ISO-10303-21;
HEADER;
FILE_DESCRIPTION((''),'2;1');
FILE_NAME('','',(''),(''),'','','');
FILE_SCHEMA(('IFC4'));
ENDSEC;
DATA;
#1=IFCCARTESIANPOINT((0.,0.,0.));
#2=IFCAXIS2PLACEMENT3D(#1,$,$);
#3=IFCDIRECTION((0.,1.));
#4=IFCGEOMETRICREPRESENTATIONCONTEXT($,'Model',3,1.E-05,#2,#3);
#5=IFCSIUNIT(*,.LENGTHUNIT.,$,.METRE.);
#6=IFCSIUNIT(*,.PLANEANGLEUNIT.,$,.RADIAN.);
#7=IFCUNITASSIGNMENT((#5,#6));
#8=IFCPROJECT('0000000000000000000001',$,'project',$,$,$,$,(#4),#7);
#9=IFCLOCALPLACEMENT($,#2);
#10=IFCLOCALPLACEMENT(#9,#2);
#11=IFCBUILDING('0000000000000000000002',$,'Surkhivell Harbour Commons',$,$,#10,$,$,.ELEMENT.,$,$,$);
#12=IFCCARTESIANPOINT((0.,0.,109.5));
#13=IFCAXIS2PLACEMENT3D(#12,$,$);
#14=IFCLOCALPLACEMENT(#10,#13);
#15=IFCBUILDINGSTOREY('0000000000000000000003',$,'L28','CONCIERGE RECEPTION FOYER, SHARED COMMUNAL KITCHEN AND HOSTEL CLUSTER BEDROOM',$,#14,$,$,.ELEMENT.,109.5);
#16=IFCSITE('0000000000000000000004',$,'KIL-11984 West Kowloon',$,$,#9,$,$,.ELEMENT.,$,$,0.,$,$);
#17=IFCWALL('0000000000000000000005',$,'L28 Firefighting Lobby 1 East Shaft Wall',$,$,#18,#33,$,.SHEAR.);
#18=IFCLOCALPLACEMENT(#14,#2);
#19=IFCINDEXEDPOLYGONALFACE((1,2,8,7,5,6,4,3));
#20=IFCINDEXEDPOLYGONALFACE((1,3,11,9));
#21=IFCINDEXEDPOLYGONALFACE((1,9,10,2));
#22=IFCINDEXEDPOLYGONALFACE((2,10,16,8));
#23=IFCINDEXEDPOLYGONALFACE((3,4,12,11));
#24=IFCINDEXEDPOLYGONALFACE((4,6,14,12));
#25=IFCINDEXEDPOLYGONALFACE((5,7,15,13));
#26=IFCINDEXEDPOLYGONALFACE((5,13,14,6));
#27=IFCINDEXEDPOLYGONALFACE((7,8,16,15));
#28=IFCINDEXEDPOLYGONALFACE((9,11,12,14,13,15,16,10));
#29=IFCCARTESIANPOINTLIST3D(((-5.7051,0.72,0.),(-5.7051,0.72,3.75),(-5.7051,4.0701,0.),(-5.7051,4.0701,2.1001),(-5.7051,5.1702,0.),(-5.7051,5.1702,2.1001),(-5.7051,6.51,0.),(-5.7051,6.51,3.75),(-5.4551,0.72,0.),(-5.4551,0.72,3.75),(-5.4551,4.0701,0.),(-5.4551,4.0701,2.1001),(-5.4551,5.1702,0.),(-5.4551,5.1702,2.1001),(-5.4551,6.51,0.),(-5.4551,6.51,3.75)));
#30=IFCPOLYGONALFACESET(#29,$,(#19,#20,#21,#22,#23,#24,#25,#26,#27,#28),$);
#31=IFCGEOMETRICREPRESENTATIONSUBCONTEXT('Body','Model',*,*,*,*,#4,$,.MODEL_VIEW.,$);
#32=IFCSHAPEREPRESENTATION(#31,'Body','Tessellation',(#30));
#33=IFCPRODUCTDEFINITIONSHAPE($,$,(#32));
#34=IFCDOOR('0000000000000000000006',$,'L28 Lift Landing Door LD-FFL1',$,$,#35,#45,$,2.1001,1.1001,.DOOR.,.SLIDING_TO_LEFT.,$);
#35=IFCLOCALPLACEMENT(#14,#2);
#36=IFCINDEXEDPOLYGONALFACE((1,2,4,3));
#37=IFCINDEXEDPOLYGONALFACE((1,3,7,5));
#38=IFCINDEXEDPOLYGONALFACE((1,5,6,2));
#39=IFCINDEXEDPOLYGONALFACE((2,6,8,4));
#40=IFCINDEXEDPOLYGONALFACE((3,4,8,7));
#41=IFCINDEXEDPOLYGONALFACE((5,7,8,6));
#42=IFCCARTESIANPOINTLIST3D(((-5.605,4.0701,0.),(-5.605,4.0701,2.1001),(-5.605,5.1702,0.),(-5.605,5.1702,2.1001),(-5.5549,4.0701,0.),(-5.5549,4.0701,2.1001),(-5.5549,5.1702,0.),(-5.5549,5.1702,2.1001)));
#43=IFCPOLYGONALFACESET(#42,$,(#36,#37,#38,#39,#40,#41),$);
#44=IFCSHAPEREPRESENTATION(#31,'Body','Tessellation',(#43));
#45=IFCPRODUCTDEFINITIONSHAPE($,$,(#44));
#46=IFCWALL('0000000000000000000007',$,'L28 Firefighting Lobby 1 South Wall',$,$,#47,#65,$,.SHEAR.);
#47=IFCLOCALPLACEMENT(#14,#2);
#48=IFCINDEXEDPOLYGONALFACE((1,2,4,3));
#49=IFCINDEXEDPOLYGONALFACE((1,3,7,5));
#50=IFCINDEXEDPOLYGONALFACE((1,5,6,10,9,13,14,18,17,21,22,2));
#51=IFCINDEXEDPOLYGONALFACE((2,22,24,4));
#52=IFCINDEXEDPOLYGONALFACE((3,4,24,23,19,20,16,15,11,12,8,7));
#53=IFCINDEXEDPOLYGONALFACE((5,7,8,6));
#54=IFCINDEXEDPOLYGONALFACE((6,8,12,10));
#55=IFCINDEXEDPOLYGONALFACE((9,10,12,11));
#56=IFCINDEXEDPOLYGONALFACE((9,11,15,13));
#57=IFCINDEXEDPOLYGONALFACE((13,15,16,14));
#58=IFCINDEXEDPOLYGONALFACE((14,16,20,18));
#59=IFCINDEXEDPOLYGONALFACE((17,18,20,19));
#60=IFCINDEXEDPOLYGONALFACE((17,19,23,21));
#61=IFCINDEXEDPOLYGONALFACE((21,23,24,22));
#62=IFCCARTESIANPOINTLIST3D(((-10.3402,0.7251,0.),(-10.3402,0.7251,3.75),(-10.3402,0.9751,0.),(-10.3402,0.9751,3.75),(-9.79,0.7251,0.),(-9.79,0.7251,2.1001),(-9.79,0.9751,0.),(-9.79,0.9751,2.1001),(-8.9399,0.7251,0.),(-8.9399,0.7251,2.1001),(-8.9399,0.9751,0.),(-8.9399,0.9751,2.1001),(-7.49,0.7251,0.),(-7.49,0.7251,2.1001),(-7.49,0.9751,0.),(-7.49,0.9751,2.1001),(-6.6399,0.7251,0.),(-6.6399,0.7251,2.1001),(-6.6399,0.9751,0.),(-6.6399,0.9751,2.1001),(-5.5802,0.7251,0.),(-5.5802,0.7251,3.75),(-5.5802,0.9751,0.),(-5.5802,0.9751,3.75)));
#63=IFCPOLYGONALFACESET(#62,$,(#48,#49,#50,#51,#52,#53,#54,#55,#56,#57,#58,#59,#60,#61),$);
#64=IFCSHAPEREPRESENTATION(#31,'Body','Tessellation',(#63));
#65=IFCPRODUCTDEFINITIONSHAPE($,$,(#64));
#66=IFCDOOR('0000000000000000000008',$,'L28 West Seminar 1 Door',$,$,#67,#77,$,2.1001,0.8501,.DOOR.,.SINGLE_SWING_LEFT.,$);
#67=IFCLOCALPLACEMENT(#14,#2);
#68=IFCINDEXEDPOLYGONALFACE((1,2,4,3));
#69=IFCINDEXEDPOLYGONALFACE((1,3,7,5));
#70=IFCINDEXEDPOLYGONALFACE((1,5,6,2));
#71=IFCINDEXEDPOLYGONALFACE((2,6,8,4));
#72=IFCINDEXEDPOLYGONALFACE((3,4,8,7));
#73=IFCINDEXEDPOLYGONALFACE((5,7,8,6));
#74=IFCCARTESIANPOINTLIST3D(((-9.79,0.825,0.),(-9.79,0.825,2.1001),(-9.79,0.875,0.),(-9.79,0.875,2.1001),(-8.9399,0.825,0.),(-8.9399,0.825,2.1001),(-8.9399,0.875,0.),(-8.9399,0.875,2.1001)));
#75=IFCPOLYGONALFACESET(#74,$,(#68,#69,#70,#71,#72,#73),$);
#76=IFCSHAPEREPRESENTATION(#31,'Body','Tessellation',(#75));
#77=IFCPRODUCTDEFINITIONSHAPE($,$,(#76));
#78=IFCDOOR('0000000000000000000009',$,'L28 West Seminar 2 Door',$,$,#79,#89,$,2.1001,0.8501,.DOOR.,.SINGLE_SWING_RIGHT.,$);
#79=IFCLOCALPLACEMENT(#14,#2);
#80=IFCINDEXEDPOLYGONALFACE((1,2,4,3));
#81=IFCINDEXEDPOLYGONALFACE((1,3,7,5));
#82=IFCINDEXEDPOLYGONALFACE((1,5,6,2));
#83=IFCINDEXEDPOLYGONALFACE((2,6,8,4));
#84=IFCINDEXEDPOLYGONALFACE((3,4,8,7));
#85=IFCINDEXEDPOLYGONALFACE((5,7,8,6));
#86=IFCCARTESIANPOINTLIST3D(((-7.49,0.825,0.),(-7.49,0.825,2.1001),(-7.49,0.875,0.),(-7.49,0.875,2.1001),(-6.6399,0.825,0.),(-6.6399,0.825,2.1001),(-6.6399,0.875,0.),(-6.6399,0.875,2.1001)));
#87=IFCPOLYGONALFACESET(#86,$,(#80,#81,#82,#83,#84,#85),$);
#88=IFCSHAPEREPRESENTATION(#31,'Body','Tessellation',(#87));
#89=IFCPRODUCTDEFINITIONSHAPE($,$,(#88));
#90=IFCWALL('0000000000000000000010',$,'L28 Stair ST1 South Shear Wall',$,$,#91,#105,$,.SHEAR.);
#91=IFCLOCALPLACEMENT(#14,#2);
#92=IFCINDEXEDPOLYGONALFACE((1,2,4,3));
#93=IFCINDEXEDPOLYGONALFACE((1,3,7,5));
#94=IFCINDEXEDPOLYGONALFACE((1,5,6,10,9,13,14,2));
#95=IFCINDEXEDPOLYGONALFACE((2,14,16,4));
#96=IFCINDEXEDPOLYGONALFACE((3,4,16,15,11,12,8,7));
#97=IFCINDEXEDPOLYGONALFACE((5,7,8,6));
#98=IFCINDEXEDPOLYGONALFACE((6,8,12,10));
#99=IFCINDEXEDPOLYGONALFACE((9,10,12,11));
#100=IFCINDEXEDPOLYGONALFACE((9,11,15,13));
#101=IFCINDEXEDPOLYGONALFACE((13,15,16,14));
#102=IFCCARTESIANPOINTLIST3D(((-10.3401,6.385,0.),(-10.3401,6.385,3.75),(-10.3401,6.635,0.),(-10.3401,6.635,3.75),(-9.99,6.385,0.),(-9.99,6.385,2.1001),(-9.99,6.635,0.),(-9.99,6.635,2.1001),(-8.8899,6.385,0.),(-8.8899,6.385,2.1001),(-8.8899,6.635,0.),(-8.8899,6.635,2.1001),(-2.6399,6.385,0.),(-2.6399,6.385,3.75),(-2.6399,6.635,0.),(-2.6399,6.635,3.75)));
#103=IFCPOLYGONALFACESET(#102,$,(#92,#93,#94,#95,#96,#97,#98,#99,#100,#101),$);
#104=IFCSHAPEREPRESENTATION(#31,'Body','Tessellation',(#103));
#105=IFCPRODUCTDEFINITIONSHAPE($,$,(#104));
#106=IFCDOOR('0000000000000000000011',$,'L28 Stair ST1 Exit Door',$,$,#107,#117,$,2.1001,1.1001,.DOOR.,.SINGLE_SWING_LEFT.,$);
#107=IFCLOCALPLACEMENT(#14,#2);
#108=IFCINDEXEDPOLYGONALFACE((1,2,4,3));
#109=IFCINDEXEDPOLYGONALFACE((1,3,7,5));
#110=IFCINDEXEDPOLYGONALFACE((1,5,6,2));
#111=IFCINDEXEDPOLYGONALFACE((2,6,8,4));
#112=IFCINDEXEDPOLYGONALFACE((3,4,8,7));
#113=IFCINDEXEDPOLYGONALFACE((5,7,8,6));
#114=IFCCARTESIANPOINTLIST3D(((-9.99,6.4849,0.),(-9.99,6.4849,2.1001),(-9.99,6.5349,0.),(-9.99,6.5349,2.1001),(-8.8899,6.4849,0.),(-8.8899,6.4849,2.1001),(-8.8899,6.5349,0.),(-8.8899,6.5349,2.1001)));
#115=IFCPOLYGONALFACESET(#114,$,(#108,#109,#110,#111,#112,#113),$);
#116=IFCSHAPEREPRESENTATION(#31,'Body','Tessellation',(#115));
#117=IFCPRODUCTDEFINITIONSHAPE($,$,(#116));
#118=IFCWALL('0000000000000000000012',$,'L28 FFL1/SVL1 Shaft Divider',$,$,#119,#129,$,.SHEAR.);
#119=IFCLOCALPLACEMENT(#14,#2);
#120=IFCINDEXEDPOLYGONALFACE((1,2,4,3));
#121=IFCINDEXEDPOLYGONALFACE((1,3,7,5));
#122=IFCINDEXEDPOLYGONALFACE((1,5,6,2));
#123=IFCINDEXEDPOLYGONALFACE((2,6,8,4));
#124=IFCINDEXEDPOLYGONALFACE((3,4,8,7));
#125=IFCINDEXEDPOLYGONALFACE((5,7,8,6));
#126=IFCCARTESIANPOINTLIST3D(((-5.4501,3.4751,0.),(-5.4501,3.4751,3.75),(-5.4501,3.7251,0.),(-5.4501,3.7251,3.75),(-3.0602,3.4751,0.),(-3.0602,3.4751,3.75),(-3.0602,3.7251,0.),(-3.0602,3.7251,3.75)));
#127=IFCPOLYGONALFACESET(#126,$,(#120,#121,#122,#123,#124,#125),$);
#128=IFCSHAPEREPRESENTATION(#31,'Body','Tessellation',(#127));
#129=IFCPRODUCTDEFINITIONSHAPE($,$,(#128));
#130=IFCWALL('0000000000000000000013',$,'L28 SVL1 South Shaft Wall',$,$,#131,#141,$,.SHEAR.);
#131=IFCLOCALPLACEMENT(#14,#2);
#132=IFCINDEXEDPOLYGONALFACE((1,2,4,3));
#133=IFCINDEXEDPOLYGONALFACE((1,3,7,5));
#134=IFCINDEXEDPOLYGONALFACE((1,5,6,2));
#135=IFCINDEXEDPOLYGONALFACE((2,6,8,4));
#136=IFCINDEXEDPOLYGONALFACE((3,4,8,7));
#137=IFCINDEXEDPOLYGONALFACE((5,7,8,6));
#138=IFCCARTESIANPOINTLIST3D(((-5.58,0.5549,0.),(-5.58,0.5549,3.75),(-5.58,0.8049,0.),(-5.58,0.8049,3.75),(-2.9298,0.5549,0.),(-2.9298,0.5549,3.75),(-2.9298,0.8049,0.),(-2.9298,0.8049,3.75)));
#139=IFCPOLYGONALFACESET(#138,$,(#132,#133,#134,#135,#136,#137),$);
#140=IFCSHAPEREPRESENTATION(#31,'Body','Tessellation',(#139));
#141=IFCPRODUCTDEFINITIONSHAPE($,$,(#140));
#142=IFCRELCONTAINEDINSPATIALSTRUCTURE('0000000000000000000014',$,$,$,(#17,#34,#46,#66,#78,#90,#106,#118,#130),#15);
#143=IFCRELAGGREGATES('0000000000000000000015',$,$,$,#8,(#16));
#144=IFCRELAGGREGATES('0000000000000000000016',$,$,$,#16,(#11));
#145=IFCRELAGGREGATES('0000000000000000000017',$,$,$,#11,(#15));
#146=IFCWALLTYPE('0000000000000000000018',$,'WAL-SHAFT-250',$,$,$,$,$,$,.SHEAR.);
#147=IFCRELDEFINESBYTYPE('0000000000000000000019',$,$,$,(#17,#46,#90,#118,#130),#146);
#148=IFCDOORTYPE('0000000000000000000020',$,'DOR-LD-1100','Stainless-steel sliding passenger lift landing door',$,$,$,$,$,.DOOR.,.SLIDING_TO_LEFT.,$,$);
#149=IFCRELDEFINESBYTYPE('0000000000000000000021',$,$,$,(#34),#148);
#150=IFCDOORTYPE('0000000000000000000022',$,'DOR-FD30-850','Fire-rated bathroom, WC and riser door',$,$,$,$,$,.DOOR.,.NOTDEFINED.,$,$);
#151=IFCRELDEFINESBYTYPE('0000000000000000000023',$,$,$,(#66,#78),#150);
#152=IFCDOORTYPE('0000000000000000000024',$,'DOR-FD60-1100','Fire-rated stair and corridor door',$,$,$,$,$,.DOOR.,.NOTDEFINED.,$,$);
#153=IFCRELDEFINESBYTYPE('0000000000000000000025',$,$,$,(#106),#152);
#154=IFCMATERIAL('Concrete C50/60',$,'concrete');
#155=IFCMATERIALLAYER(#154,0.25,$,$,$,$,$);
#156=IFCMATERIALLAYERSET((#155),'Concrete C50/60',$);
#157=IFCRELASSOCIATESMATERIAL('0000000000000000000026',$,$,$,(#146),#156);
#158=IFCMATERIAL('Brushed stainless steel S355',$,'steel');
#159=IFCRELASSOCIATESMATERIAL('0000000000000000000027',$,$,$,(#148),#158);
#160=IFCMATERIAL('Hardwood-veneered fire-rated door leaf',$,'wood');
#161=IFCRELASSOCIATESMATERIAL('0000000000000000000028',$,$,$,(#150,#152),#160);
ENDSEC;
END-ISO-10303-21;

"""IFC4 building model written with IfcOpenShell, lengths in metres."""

from ifc_helpers import new_model, si_unit, direction, frame, frame_2d, origin, place, context, subcontext, project, spatial, rectangle, extrude, material, layer, layer_set, type_object, element, fill, save


model = new_model("IFC4")

# Units and contexts
model_context = context("Model", 3, precision=1e-05, world=origin(), true_north=direction((0.0, 1.0)))
body_context = subcontext(model_context, "Body", "Model", "MODEL_VIEW")
ifc_project = project(units=[si_unit("LENGTHUNIT", "METRE"), si_unit("PLANEANGLEUNIT", "RADIAN")], contexts=[model_context])

# Site, building, storey
site_placement = place(None, origin())
site = spatial("IfcSite", under=ifc_project, at=site_placement, Name="KIL-11984 West Kowloon", CompositionType="ELEMENT", RefElevation=0.0)
building_placement = place(site_placement, origin())
building = spatial("IfcBuilding", under=site, at=building_placement, Name="Surkhivell Harbour Commons", CompositionType="ELEMENT")
storey_placement = place(building_placement, frame((0.0, 0.0, 109.5)))
storey = spatial("IfcBuildingStorey", under=building, at=storey_placement, Name="L28", Description="CONCIERGE RECEPTION FOYER, SHARED COMMUNAL KITCHEN AND HOSTEL CLUSTER BEDROOM", CompositionType="ELEMENT", Elevation=109.5)

# Shared definitions
ifc_material_1 = material(Name="Hardwood-veneered fire-rated door leaf", Category="wood")

# Wall, opening, door
ifc_material_2 = material(Name="Concrete C50/60", Category="concrete")
ifc_layer_1 = layer(ifc_material_2, 0.25)
ifc_layer_set_1 = layer_set([ifc_layer_1], Name="Concrete C50/60")
wall_type_1 = type_object("IfcWallType", Name="WAL-SHAFT-250", PredefinedType="SHEAR", material=ifc_layer_set_1)
wall_1_placement = place(storey_placement, frame((-5.5801, 0.72, 0.0), z_axis=(0.0, 0.0, 1.0), x_axis=(0.0, 1.0, 0.0)))
wall_1 = element("IfcWall", 1, at=wall_1_placement, inside=storey, type_object=wall_type_1, Name="L28 Firefighting Lobby 1 East Shaft Wall", PredefinedType="SHEAR", context=body_context, shape_type="SweptSolid", body=[
    extrude(rectangle(XDim=5.79, YDim=0.25, at=frame_2d((2.895, 0.0))), origin(), (0.0, 0.0, 1.0), 3.75),
])
opening_1_placement = place(wall_1_placement, frame((3.3501, 0.0, 0.0)))
opening_1 = element("IfcOpeningElement", 2, at=opening_1_placement, cuts=wall_1, PredefinedType="OPENING", context=body_context, shape_type="SweptSolid", body=[
    extrude(rectangle(XDim=1.1001, YDim=2.1001, at=frame_2d((0.55, 1.05))), frame((0.0, 0.135, 0.0), z_axis=(0.0, -1.0, 0.0), x_axis=(1.0, 0.0, 0.0)), (0.0, 0.0, 1.0), 0.27),
])
ifc_material_3 = material(Name="Brushed stainless steel S355", Category="steel")
door_type_1 = type_object("IfcDoorType", Name="DOR-LD-1100", Description="Stainless-steel sliding passenger lift landing door", OperationType="SLIDING_TO_LEFT", PredefinedType="DOOR", material=ifc_material_3)
door_1_placement = place(opening_1_placement, origin())
door_1 = element("IfcDoor", 3, at=door_1_placement, inside=storey, type_object=door_type_1, Name="L28 Lift Landing Door LD-FFL1", OperationType="SLIDING_TO_LEFT", OverallHeight=2.1001, OverallWidth=1.1001, PredefinedType="DOOR", context=body_context, shape_type="SweptSolid", body=[
    extrude(rectangle(XDim=1.1001, YDim=2.1001, at=frame_2d((0.55, 1.05))), frame((0.0, 0.0249, 0.0), z_axis=(0.0, -1.0, 0.0), x_axis=(1.0, 0.0, 0.0)), (0.0, 0.0, 1.0), 0.05),
])
fill(opening_1, door_1)

# Wall, openings, doors
wall_2_placement = place(storey_placement, frame((-10.3401, 0.8501, 0.0), z_axis=(0.0, 0.0, 1.0), x_axis=(1.0, 0.0, 0.0)))
wall_2 = element("IfcWall", 4, at=wall_2_placement, inside=storey, type_object=wall_type_1, Name="L28 Firefighting Lobby 1 South Wall", PredefinedType="SHEAR", context=body_context, shape_type="SweptSolid", body=[
    extrude(rectangle(XDim=4.76, YDim=0.25, at=frame_2d((2.3799, 0.0))), origin(), (0.0, 0.0, 1.0), 3.75),
])
opening_2_placement = place(wall_2_placement, frame((0.55, 0.0, 0.0)))
opening_2 = element("IfcOpeningElement", 5, at=opening_2_placement, cuts=wall_2, PredefinedType="OPENING", context=body_context, shape_type="SweptSolid", body=[
    extrude(rectangle(XDim=0.8501, YDim=2.1001, at=frame_2d((0.425, 1.05))), frame((0.0, 0.135, 0.0), z_axis=(0.0, -1.0, 0.0), x_axis=(1.0, 0.0, 0.0)), (0.0, 0.0, 1.0), 0.27),
])
opening_3_placement = place(wall_2_placement, frame((2.8501, 0.0, 0.0)))
opening_3 = element("IfcOpeningElement", 6, at=opening_3_placement, cuts=wall_2, PredefinedType="OPENING", context=body_context, shape_type="SweptSolid", body=[
    extrude(rectangle(XDim=0.8501, YDim=2.1001, at=frame_2d((0.425, 1.05))), frame((0.0, 0.135, 0.0), z_axis=(0.0, -1.0, 0.0), x_axis=(1.0, 0.0, 0.0)), (0.0, 0.0, 1.0), 0.27),
])
door_type_2 = type_object("IfcDoorType", Name="DOR-FD30-850", Description="Fire-rated bathroom, WC and riser door", OperationType="NOTDEFINED", PredefinedType="DOOR", material=ifc_material_1)
door_2_placement = place(opening_2_placement, origin())
door_2 = element("IfcDoor", 7, at=door_2_placement, inside=storey, type_object=door_type_2, Name="L28 West Seminar 1 Door", OperationType="SINGLE_SWING_LEFT", OverallHeight=2.1001, OverallWidth=0.8501, PredefinedType="DOOR", context=body_context, shape_type="SweptSolid", body=[
    extrude(rectangle(XDim=0.8501, YDim=2.1001, at=frame_2d((0.425, 1.05))), frame((0.0, 0.0249, 0.0), z_axis=(0.0, -1.0, 0.0), x_axis=(1.0, 0.0, 0.0)), (0.0, 0.0, 1.0), 0.05),
])
fill(opening_2, door_2)
door_3_placement = place(opening_3_placement, origin())
door_3 = element("IfcDoor", 8, at=door_3_placement, inside=storey, type_object=door_type_2, Name="L28 West Seminar 2 Door", OperationType="SINGLE_SWING_RIGHT", OverallHeight=2.1001, OverallWidth=0.8501, PredefinedType="DOOR", context=body_context, shape_type="SweptSolid", body=[
    extrude(rectangle(XDim=0.8501, YDim=2.1001, at=frame_2d((0.425, 1.05))), frame((0.0, 0.0249, 0.0), z_axis=(0.0, -1.0, 0.0), x_axis=(1.0, 0.0, 0.0)), (0.0, 0.0, 1.0), 0.05),
])
fill(opening_3, door_3)

# Wall, opening, door
wall_3_placement = place(storey_placement, frame((-10.3401, 6.51, 0.0), z_axis=(0.0, 0.0, 1.0), x_axis=(1.0, 0.0, 0.0)))
wall_3 = element("IfcWall", 9, at=wall_3_placement, inside=storey, type_object=wall_type_1, Name="L28 Stair ST1 South Shear Wall", PredefinedType="SHEAR", context=body_context, shape_type="SweptSolid", body=[
    extrude(rectangle(XDim=7.7002, YDim=0.25, at=frame_2d((3.8501, 0.0))), origin(), (0.0, 0.0, 1.0), 3.75),
])
opening_4_placement = place(wall_3_placement, frame((0.3501, 0.0, 0.0)))
opening_4 = element("IfcOpeningElement", 10, at=opening_4_placement, cuts=wall_3, PredefinedType="OPENING", context=body_context, shape_type="SweptSolid", body=[
    extrude(rectangle(XDim=1.1001, YDim=2.1001, at=frame_2d((0.55, 1.05))), frame((0.0, 0.135, 0.0), z_axis=(0.0, -1.0, 0.0), x_axis=(1.0, 0.0, 0.0)), (0.0, 0.0, 1.0), 0.27),
])
door_type_3 = type_object("IfcDoorType", Name="DOR-FD60-1100", Description="Fire-rated stair and corridor door", OperationType="NOTDEFINED", PredefinedType="DOOR", material=ifc_material_1)
door_4_placement = place(opening_4_placement, origin())
door_4 = element("IfcDoor", 11, at=door_4_placement, inside=storey, type_object=door_type_3, Name="L28 Stair ST1 Exit Door", OperationType="SINGLE_SWING_LEFT", OverallHeight=2.1001, OverallWidth=1.1001, PredefinedType="DOOR", context=body_context, shape_type="SweptSolid", body=[
    extrude(rectangle(XDim=1.1001, YDim=2.1001, at=frame_2d((0.55, 1.05))), frame((0.0, 0.0249, 0.0), z_axis=(0.0, -1.0, 0.0), x_axis=(1.0, 0.0, 0.0)), (0.0, 0.0, 1.0), 0.05),
])
fill(opening_4, door_4)

# Walls
wall_4_placement = place(storey_placement, frame((-5.45, 3.6001, 0.0), z_axis=(0.0, 0.0, 1.0), x_axis=(1.0, 0.0, 0.0)))
element("IfcWall", 12, at=wall_4_placement, inside=storey, type_object=wall_type_1, Name="L28 FFL1/SVL1 Shaft Divider", PredefinedType="SHEAR", context=body_context, shape_type="SweptSolid", body=[
    extrude(rectangle(XDim=2.3899, YDim=0.25, at=frame_2d((1.1948, 0.0))), origin(), (0.0, 0.0, 1.0), 3.75),
])
wall_5_placement = place(storey_placement, frame((-5.5801, 0.6799, 0.0), z_axis=(0.0, 0.0, 1.0), x_axis=(1.0, 0.0, 0.0)))
element("IfcWall", 13, at=wall_5_placement, inside=storey, type_object=wall_type_1, Name="L28 SVL1 South Shaft Wall", PredefinedType="SHEAR", context=body_context, shape_type="SweptSolid", body=[
    extrude(rectangle(XDim=2.6501, YDim=0.25, at=frame_2d((1.3252, 0.0))), origin(), (0.0, 0.0, 1.0), 3.75),
])

save(model, "model.ifc")
